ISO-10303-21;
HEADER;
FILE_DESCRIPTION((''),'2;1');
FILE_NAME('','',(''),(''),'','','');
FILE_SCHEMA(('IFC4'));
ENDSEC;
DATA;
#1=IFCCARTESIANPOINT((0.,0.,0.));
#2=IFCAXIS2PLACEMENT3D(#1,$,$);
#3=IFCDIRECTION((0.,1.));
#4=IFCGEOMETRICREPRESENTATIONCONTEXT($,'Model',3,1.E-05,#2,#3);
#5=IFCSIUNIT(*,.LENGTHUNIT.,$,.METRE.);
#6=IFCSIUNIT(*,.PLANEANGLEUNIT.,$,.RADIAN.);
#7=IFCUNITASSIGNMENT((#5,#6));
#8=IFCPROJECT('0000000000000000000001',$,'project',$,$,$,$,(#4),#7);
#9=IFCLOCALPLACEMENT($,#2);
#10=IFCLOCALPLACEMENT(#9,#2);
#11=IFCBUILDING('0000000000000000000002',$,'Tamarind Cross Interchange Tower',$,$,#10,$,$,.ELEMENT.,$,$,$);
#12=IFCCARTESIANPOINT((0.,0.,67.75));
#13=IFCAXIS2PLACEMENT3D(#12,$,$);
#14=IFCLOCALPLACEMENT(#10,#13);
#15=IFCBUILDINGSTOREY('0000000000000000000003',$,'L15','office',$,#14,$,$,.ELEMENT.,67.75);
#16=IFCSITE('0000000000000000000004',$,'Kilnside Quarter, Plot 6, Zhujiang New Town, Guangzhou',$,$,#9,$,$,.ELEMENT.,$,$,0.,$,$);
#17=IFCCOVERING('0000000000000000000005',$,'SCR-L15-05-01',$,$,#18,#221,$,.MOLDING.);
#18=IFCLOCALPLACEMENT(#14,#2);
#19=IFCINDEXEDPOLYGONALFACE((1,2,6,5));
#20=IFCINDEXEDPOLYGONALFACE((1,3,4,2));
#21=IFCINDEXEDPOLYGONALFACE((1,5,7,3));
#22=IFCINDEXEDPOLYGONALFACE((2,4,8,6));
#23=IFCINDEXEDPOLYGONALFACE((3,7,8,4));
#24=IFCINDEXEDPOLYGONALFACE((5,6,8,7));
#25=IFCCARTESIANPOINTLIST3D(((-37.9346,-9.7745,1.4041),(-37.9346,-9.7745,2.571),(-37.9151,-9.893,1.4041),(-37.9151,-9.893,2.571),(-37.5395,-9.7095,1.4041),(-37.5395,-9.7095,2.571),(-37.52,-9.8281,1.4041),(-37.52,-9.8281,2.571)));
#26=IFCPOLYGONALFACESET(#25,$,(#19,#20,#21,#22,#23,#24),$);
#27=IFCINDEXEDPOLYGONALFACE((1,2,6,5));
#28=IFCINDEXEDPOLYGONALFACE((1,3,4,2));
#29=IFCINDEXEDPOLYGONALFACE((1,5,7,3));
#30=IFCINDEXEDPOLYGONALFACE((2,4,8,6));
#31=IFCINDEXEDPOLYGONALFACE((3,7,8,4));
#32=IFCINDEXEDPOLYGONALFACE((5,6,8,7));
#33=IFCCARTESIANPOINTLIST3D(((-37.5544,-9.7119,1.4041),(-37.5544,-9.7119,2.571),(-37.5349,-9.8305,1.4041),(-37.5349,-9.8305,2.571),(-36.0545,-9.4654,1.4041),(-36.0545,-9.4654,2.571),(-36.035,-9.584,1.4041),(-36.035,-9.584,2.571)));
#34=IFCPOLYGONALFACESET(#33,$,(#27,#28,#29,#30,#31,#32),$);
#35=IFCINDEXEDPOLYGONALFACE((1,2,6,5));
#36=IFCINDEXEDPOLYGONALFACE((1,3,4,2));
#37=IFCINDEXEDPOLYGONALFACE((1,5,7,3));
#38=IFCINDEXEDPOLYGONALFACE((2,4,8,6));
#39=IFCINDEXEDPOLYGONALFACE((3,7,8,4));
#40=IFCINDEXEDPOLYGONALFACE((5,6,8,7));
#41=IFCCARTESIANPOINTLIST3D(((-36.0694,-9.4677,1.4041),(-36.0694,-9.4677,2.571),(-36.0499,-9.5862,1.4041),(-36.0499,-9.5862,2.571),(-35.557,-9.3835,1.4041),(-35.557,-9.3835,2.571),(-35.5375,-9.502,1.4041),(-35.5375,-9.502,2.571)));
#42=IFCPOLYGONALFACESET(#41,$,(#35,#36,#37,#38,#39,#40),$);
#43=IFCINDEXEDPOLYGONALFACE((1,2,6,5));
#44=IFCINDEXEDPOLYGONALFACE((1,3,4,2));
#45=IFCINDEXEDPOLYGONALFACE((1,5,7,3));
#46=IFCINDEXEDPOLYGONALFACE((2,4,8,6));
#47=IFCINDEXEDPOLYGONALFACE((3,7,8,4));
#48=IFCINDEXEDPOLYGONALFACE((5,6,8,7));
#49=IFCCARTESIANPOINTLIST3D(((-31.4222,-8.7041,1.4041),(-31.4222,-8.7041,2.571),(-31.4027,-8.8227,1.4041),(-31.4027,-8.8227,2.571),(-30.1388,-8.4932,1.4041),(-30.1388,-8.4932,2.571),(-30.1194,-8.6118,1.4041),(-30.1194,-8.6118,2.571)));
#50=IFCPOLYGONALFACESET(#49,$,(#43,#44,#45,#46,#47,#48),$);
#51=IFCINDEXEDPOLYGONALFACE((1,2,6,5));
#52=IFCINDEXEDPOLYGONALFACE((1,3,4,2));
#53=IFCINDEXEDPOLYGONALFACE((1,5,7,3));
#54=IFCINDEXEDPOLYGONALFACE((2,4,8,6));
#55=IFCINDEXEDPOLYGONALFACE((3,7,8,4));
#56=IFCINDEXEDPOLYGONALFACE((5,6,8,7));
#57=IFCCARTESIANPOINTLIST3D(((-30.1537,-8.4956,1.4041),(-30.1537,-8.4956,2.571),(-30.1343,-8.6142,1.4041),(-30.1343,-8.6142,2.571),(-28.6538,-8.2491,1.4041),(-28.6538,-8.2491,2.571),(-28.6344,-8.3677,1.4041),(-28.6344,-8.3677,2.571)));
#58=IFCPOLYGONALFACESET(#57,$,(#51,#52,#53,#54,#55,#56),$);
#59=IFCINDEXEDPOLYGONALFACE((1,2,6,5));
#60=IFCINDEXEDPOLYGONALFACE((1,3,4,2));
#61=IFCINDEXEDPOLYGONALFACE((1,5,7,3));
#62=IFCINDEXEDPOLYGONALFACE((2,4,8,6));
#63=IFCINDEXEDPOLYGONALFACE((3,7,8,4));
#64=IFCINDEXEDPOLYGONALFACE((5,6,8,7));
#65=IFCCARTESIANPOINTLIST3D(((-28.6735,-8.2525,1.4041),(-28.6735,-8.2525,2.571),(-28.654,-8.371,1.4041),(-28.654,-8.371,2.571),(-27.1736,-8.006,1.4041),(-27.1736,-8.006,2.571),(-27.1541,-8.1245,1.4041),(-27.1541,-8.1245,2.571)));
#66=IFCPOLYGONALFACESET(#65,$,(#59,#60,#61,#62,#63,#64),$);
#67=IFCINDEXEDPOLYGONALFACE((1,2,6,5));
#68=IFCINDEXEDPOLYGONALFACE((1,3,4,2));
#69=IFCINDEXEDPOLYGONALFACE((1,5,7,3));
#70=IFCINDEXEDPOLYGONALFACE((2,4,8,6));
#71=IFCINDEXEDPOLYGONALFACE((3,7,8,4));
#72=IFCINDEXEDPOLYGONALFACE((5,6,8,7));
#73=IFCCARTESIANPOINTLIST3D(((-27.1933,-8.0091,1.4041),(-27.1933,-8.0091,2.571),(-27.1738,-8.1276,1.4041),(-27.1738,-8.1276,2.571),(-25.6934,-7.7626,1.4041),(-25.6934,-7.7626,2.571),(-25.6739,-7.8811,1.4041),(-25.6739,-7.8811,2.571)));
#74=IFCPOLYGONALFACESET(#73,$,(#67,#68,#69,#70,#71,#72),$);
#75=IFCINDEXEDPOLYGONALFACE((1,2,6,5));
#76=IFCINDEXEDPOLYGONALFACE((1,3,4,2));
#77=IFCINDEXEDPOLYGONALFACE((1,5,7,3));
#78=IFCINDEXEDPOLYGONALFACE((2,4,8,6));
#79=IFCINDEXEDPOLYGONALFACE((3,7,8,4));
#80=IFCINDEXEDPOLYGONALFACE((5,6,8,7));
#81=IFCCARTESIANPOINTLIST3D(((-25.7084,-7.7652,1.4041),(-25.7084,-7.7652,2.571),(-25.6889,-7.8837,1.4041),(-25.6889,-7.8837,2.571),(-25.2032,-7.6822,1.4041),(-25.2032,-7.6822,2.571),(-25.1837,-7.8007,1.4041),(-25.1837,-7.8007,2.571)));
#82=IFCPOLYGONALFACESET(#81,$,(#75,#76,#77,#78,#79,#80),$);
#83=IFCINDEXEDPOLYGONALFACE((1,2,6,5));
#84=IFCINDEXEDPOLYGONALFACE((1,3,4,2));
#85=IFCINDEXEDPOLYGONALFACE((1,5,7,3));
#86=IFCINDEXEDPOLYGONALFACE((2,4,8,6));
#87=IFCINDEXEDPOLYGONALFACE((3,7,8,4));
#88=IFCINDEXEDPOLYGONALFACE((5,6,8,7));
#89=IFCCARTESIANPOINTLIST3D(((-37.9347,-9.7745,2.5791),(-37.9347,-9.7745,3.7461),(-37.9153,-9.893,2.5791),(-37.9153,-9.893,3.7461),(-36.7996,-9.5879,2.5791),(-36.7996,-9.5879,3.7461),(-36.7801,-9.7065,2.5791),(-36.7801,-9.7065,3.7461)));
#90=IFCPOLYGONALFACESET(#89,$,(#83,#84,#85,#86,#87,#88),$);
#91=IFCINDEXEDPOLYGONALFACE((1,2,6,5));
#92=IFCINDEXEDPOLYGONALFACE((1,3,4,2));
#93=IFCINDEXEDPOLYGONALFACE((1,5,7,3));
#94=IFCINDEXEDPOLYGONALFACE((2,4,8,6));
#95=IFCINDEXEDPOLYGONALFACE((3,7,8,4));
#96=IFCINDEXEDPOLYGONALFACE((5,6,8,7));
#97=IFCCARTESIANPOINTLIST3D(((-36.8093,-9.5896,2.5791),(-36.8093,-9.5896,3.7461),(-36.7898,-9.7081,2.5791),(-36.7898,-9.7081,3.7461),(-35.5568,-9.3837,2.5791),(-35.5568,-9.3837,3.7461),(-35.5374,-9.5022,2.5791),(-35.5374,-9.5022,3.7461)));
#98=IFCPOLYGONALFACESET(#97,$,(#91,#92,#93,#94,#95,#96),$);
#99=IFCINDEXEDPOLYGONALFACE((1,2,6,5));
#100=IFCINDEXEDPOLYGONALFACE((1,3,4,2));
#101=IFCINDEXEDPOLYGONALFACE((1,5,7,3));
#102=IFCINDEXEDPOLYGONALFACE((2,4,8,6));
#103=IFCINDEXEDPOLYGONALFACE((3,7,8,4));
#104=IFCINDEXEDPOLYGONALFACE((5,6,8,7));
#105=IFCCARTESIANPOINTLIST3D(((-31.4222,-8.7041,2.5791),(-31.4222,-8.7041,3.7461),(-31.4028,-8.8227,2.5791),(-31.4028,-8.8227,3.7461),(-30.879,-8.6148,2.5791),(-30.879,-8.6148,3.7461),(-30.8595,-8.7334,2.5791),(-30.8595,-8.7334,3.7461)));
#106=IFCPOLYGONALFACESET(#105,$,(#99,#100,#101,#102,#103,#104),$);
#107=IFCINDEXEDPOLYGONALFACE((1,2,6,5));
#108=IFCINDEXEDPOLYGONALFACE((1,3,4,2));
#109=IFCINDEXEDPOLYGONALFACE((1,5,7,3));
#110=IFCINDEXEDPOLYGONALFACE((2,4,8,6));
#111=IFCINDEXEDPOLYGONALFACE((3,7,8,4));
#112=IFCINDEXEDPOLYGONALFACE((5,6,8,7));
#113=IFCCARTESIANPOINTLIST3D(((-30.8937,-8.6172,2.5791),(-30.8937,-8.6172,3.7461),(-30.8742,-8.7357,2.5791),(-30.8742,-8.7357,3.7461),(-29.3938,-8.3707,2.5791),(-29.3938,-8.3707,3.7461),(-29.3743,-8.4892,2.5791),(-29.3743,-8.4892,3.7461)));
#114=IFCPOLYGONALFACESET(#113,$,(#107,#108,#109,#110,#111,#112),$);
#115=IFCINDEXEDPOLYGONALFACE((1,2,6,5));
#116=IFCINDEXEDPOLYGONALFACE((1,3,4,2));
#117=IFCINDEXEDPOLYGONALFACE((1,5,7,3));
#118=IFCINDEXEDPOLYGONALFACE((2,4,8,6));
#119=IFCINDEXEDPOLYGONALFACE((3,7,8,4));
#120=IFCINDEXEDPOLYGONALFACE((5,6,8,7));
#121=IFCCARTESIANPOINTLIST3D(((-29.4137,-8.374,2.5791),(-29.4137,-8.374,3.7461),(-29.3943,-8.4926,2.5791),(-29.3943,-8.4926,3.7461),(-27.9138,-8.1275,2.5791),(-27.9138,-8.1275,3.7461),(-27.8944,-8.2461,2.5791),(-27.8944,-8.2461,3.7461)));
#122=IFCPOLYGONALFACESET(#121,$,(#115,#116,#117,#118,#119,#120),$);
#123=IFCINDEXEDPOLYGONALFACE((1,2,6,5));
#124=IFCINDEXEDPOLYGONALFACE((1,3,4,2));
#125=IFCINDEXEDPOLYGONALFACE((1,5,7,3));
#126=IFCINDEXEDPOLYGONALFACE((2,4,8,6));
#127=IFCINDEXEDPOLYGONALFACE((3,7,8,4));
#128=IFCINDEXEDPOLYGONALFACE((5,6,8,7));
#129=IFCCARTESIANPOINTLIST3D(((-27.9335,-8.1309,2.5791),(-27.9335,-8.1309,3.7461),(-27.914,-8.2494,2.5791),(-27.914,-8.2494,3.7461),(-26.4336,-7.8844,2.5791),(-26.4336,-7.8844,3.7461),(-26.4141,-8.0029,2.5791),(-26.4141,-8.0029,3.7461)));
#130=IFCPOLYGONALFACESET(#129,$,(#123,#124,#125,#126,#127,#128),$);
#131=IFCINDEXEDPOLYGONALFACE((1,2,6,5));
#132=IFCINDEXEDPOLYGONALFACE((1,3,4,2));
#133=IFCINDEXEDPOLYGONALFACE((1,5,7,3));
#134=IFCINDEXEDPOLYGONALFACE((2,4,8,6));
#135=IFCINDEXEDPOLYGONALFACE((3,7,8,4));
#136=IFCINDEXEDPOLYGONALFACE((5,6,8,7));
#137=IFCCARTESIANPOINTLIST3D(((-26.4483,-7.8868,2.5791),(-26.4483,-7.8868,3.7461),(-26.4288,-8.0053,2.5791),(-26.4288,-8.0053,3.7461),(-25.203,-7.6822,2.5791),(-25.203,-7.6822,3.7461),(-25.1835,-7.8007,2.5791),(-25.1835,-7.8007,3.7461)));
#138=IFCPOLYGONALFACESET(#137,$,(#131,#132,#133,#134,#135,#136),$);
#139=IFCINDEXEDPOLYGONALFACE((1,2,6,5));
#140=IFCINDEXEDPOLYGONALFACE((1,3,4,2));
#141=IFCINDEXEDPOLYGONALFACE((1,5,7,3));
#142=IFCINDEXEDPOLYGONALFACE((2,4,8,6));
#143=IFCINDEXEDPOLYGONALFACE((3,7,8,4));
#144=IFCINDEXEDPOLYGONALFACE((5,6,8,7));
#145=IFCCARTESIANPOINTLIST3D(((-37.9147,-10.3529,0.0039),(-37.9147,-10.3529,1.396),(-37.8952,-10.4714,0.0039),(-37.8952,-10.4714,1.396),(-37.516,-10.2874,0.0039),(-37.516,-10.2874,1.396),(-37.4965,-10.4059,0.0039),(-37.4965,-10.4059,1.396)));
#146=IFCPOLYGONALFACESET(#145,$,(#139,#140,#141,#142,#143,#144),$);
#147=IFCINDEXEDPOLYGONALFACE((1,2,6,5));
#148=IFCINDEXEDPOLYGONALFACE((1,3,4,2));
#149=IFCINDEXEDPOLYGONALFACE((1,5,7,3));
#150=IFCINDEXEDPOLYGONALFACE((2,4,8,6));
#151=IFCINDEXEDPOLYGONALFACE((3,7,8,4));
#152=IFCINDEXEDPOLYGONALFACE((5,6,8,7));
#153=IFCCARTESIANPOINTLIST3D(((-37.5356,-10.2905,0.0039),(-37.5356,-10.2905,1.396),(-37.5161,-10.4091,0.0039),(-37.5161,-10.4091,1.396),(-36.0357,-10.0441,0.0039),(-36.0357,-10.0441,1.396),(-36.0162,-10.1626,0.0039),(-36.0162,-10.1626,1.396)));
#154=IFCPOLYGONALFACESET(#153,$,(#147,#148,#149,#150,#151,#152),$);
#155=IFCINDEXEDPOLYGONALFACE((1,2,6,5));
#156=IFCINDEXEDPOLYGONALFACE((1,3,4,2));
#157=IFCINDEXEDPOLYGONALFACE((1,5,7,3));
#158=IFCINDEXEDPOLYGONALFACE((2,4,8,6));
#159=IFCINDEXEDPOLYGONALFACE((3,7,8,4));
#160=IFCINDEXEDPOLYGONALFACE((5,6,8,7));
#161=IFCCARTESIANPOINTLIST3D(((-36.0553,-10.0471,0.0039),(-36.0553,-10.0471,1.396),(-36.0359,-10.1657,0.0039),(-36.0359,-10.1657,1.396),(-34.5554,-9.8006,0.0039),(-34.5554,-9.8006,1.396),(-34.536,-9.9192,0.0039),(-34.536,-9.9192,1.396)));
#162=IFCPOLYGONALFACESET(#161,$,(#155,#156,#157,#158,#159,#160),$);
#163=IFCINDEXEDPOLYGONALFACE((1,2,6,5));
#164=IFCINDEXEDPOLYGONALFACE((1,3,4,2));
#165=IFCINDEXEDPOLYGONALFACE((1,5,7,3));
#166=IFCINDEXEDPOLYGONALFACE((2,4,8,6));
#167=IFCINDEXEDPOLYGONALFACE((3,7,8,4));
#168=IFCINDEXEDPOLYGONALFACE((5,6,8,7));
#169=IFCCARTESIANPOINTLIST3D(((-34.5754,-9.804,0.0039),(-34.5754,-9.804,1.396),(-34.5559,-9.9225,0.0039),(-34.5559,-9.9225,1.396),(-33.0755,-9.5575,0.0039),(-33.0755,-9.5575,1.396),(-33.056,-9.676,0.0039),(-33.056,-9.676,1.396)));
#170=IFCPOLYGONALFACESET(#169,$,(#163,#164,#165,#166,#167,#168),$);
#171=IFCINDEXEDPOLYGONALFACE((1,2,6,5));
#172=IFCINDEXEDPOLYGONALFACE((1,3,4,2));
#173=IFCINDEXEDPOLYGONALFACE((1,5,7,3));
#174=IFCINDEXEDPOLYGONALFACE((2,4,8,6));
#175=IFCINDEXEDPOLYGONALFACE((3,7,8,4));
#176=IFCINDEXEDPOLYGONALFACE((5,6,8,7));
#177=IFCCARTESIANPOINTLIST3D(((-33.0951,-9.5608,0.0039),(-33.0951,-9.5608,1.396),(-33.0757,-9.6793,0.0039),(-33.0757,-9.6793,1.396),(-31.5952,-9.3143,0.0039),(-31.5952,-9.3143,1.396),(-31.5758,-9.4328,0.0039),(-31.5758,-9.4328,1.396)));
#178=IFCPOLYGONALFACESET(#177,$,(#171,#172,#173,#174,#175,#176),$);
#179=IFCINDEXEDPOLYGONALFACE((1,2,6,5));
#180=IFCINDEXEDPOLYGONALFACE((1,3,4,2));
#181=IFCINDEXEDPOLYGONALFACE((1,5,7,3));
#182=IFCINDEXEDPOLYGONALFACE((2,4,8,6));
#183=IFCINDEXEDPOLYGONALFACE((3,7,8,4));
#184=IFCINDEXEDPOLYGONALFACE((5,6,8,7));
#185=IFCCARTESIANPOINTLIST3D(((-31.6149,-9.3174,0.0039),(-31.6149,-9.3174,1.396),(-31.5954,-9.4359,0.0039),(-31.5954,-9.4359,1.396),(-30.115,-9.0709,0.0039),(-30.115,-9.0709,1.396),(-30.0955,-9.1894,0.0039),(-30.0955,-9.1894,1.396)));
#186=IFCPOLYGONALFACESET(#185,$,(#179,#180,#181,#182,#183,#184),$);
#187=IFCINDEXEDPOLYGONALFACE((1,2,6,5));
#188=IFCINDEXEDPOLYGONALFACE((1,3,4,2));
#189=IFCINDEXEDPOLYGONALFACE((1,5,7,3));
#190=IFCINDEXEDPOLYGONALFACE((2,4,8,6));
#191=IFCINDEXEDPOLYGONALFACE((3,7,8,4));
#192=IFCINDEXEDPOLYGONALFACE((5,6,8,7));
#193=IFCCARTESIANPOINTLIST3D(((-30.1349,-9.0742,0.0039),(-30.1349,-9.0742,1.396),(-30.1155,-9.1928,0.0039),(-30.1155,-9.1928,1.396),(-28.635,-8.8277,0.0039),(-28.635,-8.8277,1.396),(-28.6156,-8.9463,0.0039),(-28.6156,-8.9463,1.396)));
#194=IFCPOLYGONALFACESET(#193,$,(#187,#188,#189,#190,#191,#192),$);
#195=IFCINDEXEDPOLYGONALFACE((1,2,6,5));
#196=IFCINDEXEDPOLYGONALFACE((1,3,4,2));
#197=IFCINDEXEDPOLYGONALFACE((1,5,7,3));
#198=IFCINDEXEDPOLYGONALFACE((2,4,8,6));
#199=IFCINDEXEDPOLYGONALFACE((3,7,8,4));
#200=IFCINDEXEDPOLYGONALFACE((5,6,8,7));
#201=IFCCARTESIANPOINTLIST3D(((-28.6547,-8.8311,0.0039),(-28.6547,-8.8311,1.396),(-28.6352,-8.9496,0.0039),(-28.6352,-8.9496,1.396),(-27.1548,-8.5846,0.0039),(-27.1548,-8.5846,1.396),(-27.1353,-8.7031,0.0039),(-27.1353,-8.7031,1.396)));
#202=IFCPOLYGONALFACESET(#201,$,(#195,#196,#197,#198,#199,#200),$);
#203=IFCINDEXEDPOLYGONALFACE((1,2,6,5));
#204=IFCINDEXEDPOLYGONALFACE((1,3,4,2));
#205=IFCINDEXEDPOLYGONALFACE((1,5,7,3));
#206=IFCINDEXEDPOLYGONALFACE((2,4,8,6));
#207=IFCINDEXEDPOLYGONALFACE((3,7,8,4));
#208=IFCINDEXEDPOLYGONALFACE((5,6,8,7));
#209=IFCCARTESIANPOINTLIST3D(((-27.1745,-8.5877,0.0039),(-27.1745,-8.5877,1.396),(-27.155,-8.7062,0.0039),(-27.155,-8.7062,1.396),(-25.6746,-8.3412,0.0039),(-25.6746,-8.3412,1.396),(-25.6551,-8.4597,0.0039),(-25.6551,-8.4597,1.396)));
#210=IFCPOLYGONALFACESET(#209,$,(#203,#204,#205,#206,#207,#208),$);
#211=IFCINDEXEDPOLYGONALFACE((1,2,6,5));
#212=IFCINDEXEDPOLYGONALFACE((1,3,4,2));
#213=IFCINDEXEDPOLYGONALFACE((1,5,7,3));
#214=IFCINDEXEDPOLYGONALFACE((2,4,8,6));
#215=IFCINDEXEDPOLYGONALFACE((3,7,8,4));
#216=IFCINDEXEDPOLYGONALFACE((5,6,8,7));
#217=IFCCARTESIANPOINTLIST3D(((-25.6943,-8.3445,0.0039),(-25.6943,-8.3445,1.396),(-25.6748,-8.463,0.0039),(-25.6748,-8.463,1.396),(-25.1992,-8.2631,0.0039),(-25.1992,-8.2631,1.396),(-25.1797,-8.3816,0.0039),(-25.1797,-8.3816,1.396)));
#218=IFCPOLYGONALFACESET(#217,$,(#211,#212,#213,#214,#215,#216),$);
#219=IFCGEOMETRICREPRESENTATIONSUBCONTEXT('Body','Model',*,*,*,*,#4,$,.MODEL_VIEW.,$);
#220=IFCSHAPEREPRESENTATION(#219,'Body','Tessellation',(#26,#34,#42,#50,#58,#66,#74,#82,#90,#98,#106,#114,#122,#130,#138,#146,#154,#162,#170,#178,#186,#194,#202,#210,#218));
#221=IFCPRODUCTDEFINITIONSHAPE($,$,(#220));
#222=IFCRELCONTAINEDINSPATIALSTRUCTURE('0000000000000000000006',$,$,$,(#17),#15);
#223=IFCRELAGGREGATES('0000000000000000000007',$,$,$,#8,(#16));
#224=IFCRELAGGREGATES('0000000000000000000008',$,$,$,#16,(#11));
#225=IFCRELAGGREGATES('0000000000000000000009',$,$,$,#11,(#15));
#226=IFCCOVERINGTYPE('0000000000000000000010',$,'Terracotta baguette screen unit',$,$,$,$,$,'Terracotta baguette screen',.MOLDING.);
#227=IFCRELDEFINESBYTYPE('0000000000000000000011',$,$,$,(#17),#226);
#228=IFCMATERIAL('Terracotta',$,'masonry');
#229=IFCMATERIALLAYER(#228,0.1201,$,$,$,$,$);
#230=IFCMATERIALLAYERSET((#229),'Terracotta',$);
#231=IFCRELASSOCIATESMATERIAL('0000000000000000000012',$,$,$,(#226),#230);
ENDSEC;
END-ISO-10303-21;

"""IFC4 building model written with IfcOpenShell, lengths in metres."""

from ifc_helpers import new_model, si_unit, direction, frame, origin, origin_2d, place, context, subcontext, project, spatial, rectangle, extrude, material, layer, layer_set, type_object, element, save


model = new_model("IFC4")

# Units and contexts
model_context = context("Model", 3, precision=1e-05, world=origin(), true_north=direction((0.0, 1.0)))
body_context = subcontext(model_context, "Body", "Model", "MODEL_VIEW")
ifc_project = project(units=[si_unit("LENGTHUNIT", "METRE"), si_unit("PLANEANGLEUNIT", "RADIAN")], contexts=[model_context])

# Site, building, storey
site_placement = place(None, origin())
site = spatial("IfcSite", under=ifc_project, at=site_placement, Name="Kilnside Quarter, Plot 6, Zhujiang New Town, Guangzhou", CompositionType="ELEMENT", RefElevation=0.0)
building_placement = place(site_placement, origin())
building = spatial("IfcBuilding", under=site, at=building_placement, Name="Tamarind Cross Interchange Tower", CompositionType="ELEMENT")
storey_placement = place(building_placement, frame((0.0, 0.0, 67.75)))
storey = spatial("IfcBuildingStorey", under=building, at=storey_placement, Name="L15", Description="office", CompositionType="ELEMENT", Elevation=67.75)

# Covering
ifc_material_1 = material(Name="Terracotta", Category="masonry")
ifc_layer_1 = layer(ifc_material_1, 0.1201)
ifc_layer_set_1 = layer_set([ifc_layer_1], Name="Terracotta")
covering_type = type_object("IfcCoveringType", Name="Terracotta baguette screen unit", ElementType="Terracotta baguette screen", PredefinedType="MOLDING", material=ifc_layer_set_1)
covering_1_placement = place(storey_placement, origin())
element("IfcCovering", 1, at=covering_1_placement, inside=storey, type_object=covering_type, Name="SCR-L15-05-01", PredefinedType="MOLDING", context=body_context, shape_type="SweptSolid", body=[
    extrude(rectangle(XDim=0.4004, YDim=0.1201, at=origin_2d()), frame((-37.7273, -9.8013, 1.4041), z_axis=(0.0, 0.0, 1.0), x_axis=(0.986764, 0.162164, 0.0)), (0.0, 0.0, 1.0), 1.167),
    extrude(rectangle(XDim=1.52, YDim=0.1201, at=origin_2d()), frame((-36.7947, -9.6479, 1.4041), z_axis=(0.0, 0.0, 1.0), x_axis=(0.986764, 0.162164, 0.0)), (0.0, 0.0, 1.0), 1.167),
    extrude(rectangle(XDim=0.5193, YDim=0.1201, at=origin_2d()), frame((-35.8035, -9.4849, 1.4041), z_axis=(0.0, 0.0, 1.0), x_axis=(0.986764, 0.162164, 0.0)), (0.0, 0.0, 1.0), 1.167),
    extrude(rectangle(XDim=1.3005, YDim=0.1201, at=origin_2d()), frame((-30.7708, -8.658, 1.4041), z_axis=(0.0, 0.0, 1.0), x_axis=(0.986764, 0.162164, 0.0)), (0.0, 0.0, 1.0), 1.167),
    extrude(rectangle(XDim=1.52, YDim=0.1201, at=origin_2d()), frame((-29.394, -8.4316, 1.4041), z_axis=(0.0, 0.0, 1.0), x_axis=(0.986764, 0.162164, 0.0)), (0.0, 0.0, 1.0), 1.167),
    extrude(rectangle(XDim=1.52, YDim=0.1201, at=origin_2d()), frame((-27.9138, -8.1885, 1.4041), z_axis=(0.0, 0.0, 1.0), x_axis=(0.986764, 0.162164, 0.0)), (0.0, 0.0, 1.0), 1.167),
    extrude(rectangle(XDim=1.52, YDim=0.1201, at=origin_2d()), frame((-26.4336, -7.9451, 1.4041), z_axis=(0.0, 0.0, 1.0), x_axis=(0.986764, 0.162164, 0.0)), (0.0, 0.0, 1.0), 1.167),
    extrude(rectangle(XDim=0.512, YDim=0.1201, at=origin_2d()), frame((-25.446, -7.783, 1.4041), z_axis=(0.0, 0.0, 1.0), x_axis=(0.986764, 0.162164, 0.0)), (0.0, 0.0, 1.0), 1.167),
    extrude(rectangle(XDim=1.1504, YDim=0.1201, at=origin_2d()), frame((-37.3574, -9.7405, 2.5791), z_axis=(0.0, 0.0, 1.0), x_axis=(0.986764, 0.162164, 0.0)), (0.0, 0.0, 1.0), 1.167),
    extrude(rectangle(XDim=1.2693, YDim=0.1201, at=origin_2d()), frame((-36.1733, -9.5459, 2.5791), z_axis=(0.0, 0.0, 1.0), x_axis=(0.986764, 0.162164, 0.0)), (0.0, 0.0, 1.0), 1.167),
    extrude(rectangle(XDim=0.5505, YDim=0.1201, at=origin_2d()), frame((-31.1409, -8.7188, 2.5791), z_axis=(0.0, 0.0, 1.0), x_axis=(0.986764, 0.162164, 0.0)), (0.0, 0.0, 1.0), 1.167),
    extrude(rectangle(XDim=1.52, YDim=0.1201, at=origin_2d()), frame((-30.134, -8.5532, 2.5791), z_axis=(0.0, 0.0, 1.0), x_axis=(0.986764, 0.162164, 0.0)), (0.0, 0.0, 1.0), 1.167),
    extrude(rectangle(XDim=1.52, YDim=0.1201, at=origin_2d()), frame((-28.6541, -8.3101, 2.5791), z_axis=(0.0, 0.0, 1.0), x_axis=(0.986764, 0.162164, 0.0)), (0.0, 0.0, 1.0), 1.167),
    extrude(rectangle(XDim=1.52, YDim=0.1201, at=origin_2d()), frame((-27.1738, -8.0669, 2.5791), z_axis=(0.0, 0.0, 1.0), x_axis=(0.986764, 0.162164, 0.0)), (0.0, 0.0, 1.0), 1.167),
    extrude(rectangle(XDim=1.262, YDim=0.1201, at=origin_2d()), frame((-25.8159, -7.8438, 2.5791), z_axis=(0.0, 0.0, 1.0), x_axis=(0.986764, 0.162164, 0.0)), (0.0, 0.0, 1.0), 1.167),
    extrude(rectangle(XDim=0.4041, YDim=0.1201, at=origin_2d()), frame((-37.7056, -10.3794, 0.0039), z_axis=(0.0, 0.0, 1.0), x_axis=(0.986764, 0.162164, 0.0)), (0.0, 0.0, 1.0), 1.3921),
    extrude(rectangle(XDim=1.52, YDim=0.1201, at=origin_2d()), frame((-36.7759, -10.2266, 0.0039), z_axis=(0.0, 0.0, 1.0), x_axis=(0.986764, 0.162164, 0.0)), (0.0, 0.0, 1.0), 1.3921),
    extrude(rectangle(XDim=1.52, YDim=0.1201, at=origin_2d()), frame((-35.2957, -9.9832, 0.0039), z_axis=(0.0, 0.0, 1.0), x_axis=(0.986764, 0.162164, 0.0)), (0.0, 0.0, 1.0), 1.3921),
    extrude(rectangle(XDim=1.52, YDim=0.1201, at=origin_2d()), frame((-33.8157, -9.74, 0.0039), z_axis=(0.0, 0.0, 1.0), x_axis=(0.986764, 0.162164, 0.0)), (0.0, 0.0, 1.0), 1.3921),
    extrude(rectangle(XDim=1.52, YDim=0.1201, at=origin_2d()), frame((-32.3354, -9.4968, 0.0039), z_axis=(0.0, 0.0, 1.0), x_axis=(0.986764, 0.162164, 0.0)), (0.0, 0.0, 1.0), 1.3921),
    extrude(rectangle(XDim=1.52, YDim=0.1201, at=origin_2d()), frame((-30.8552, -9.2534, 0.0039), z_axis=(0.0, 0.0, 1.0), x_axis=(0.986764, 0.162164, 0.0)), (0.0, 0.0, 1.0), 1.3921),
    extrude(rectangle(XDim=1.52, YDim=0.1201, at=origin_2d()), frame((-29.3752, -9.0103, 0.0039), z_axis=(0.0, 0.0, 1.0), x_axis=(0.986764, 0.162164, 0.0)), (0.0, 0.0, 1.0), 1.3921),
    extrude(rectangle(XDim=1.52, YDim=0.1201, at=origin_2d()), frame((-27.895, -8.7671, 0.0039), z_axis=(0.0, 0.0, 1.0), x_axis=(0.986764, 0.162164, 0.0)), (0.0, 0.0, 1.0), 1.3921),
    extrude(rectangle(XDim=1.52, YDim=0.1201, at=origin_2d()), frame((-26.4148, -8.5237, 0.0039), z_axis=(0.0, 0.0, 1.0), x_axis=(0.986764, 0.162164, 0.0)), (0.0, 0.0, 1.0), 1.3921),
    extrude(rectangle(XDim=0.5017, YDim=0.1201, at=origin_2d()), frame((-25.437, -8.363, 0.0039), z_axis=(0.0, 0.0, 1.0), x_axis=(0.986764, 0.162164, 0.0)), (0.0, 0.0, 1.0), 1.3921),
])

save(model, "model.ifc")
